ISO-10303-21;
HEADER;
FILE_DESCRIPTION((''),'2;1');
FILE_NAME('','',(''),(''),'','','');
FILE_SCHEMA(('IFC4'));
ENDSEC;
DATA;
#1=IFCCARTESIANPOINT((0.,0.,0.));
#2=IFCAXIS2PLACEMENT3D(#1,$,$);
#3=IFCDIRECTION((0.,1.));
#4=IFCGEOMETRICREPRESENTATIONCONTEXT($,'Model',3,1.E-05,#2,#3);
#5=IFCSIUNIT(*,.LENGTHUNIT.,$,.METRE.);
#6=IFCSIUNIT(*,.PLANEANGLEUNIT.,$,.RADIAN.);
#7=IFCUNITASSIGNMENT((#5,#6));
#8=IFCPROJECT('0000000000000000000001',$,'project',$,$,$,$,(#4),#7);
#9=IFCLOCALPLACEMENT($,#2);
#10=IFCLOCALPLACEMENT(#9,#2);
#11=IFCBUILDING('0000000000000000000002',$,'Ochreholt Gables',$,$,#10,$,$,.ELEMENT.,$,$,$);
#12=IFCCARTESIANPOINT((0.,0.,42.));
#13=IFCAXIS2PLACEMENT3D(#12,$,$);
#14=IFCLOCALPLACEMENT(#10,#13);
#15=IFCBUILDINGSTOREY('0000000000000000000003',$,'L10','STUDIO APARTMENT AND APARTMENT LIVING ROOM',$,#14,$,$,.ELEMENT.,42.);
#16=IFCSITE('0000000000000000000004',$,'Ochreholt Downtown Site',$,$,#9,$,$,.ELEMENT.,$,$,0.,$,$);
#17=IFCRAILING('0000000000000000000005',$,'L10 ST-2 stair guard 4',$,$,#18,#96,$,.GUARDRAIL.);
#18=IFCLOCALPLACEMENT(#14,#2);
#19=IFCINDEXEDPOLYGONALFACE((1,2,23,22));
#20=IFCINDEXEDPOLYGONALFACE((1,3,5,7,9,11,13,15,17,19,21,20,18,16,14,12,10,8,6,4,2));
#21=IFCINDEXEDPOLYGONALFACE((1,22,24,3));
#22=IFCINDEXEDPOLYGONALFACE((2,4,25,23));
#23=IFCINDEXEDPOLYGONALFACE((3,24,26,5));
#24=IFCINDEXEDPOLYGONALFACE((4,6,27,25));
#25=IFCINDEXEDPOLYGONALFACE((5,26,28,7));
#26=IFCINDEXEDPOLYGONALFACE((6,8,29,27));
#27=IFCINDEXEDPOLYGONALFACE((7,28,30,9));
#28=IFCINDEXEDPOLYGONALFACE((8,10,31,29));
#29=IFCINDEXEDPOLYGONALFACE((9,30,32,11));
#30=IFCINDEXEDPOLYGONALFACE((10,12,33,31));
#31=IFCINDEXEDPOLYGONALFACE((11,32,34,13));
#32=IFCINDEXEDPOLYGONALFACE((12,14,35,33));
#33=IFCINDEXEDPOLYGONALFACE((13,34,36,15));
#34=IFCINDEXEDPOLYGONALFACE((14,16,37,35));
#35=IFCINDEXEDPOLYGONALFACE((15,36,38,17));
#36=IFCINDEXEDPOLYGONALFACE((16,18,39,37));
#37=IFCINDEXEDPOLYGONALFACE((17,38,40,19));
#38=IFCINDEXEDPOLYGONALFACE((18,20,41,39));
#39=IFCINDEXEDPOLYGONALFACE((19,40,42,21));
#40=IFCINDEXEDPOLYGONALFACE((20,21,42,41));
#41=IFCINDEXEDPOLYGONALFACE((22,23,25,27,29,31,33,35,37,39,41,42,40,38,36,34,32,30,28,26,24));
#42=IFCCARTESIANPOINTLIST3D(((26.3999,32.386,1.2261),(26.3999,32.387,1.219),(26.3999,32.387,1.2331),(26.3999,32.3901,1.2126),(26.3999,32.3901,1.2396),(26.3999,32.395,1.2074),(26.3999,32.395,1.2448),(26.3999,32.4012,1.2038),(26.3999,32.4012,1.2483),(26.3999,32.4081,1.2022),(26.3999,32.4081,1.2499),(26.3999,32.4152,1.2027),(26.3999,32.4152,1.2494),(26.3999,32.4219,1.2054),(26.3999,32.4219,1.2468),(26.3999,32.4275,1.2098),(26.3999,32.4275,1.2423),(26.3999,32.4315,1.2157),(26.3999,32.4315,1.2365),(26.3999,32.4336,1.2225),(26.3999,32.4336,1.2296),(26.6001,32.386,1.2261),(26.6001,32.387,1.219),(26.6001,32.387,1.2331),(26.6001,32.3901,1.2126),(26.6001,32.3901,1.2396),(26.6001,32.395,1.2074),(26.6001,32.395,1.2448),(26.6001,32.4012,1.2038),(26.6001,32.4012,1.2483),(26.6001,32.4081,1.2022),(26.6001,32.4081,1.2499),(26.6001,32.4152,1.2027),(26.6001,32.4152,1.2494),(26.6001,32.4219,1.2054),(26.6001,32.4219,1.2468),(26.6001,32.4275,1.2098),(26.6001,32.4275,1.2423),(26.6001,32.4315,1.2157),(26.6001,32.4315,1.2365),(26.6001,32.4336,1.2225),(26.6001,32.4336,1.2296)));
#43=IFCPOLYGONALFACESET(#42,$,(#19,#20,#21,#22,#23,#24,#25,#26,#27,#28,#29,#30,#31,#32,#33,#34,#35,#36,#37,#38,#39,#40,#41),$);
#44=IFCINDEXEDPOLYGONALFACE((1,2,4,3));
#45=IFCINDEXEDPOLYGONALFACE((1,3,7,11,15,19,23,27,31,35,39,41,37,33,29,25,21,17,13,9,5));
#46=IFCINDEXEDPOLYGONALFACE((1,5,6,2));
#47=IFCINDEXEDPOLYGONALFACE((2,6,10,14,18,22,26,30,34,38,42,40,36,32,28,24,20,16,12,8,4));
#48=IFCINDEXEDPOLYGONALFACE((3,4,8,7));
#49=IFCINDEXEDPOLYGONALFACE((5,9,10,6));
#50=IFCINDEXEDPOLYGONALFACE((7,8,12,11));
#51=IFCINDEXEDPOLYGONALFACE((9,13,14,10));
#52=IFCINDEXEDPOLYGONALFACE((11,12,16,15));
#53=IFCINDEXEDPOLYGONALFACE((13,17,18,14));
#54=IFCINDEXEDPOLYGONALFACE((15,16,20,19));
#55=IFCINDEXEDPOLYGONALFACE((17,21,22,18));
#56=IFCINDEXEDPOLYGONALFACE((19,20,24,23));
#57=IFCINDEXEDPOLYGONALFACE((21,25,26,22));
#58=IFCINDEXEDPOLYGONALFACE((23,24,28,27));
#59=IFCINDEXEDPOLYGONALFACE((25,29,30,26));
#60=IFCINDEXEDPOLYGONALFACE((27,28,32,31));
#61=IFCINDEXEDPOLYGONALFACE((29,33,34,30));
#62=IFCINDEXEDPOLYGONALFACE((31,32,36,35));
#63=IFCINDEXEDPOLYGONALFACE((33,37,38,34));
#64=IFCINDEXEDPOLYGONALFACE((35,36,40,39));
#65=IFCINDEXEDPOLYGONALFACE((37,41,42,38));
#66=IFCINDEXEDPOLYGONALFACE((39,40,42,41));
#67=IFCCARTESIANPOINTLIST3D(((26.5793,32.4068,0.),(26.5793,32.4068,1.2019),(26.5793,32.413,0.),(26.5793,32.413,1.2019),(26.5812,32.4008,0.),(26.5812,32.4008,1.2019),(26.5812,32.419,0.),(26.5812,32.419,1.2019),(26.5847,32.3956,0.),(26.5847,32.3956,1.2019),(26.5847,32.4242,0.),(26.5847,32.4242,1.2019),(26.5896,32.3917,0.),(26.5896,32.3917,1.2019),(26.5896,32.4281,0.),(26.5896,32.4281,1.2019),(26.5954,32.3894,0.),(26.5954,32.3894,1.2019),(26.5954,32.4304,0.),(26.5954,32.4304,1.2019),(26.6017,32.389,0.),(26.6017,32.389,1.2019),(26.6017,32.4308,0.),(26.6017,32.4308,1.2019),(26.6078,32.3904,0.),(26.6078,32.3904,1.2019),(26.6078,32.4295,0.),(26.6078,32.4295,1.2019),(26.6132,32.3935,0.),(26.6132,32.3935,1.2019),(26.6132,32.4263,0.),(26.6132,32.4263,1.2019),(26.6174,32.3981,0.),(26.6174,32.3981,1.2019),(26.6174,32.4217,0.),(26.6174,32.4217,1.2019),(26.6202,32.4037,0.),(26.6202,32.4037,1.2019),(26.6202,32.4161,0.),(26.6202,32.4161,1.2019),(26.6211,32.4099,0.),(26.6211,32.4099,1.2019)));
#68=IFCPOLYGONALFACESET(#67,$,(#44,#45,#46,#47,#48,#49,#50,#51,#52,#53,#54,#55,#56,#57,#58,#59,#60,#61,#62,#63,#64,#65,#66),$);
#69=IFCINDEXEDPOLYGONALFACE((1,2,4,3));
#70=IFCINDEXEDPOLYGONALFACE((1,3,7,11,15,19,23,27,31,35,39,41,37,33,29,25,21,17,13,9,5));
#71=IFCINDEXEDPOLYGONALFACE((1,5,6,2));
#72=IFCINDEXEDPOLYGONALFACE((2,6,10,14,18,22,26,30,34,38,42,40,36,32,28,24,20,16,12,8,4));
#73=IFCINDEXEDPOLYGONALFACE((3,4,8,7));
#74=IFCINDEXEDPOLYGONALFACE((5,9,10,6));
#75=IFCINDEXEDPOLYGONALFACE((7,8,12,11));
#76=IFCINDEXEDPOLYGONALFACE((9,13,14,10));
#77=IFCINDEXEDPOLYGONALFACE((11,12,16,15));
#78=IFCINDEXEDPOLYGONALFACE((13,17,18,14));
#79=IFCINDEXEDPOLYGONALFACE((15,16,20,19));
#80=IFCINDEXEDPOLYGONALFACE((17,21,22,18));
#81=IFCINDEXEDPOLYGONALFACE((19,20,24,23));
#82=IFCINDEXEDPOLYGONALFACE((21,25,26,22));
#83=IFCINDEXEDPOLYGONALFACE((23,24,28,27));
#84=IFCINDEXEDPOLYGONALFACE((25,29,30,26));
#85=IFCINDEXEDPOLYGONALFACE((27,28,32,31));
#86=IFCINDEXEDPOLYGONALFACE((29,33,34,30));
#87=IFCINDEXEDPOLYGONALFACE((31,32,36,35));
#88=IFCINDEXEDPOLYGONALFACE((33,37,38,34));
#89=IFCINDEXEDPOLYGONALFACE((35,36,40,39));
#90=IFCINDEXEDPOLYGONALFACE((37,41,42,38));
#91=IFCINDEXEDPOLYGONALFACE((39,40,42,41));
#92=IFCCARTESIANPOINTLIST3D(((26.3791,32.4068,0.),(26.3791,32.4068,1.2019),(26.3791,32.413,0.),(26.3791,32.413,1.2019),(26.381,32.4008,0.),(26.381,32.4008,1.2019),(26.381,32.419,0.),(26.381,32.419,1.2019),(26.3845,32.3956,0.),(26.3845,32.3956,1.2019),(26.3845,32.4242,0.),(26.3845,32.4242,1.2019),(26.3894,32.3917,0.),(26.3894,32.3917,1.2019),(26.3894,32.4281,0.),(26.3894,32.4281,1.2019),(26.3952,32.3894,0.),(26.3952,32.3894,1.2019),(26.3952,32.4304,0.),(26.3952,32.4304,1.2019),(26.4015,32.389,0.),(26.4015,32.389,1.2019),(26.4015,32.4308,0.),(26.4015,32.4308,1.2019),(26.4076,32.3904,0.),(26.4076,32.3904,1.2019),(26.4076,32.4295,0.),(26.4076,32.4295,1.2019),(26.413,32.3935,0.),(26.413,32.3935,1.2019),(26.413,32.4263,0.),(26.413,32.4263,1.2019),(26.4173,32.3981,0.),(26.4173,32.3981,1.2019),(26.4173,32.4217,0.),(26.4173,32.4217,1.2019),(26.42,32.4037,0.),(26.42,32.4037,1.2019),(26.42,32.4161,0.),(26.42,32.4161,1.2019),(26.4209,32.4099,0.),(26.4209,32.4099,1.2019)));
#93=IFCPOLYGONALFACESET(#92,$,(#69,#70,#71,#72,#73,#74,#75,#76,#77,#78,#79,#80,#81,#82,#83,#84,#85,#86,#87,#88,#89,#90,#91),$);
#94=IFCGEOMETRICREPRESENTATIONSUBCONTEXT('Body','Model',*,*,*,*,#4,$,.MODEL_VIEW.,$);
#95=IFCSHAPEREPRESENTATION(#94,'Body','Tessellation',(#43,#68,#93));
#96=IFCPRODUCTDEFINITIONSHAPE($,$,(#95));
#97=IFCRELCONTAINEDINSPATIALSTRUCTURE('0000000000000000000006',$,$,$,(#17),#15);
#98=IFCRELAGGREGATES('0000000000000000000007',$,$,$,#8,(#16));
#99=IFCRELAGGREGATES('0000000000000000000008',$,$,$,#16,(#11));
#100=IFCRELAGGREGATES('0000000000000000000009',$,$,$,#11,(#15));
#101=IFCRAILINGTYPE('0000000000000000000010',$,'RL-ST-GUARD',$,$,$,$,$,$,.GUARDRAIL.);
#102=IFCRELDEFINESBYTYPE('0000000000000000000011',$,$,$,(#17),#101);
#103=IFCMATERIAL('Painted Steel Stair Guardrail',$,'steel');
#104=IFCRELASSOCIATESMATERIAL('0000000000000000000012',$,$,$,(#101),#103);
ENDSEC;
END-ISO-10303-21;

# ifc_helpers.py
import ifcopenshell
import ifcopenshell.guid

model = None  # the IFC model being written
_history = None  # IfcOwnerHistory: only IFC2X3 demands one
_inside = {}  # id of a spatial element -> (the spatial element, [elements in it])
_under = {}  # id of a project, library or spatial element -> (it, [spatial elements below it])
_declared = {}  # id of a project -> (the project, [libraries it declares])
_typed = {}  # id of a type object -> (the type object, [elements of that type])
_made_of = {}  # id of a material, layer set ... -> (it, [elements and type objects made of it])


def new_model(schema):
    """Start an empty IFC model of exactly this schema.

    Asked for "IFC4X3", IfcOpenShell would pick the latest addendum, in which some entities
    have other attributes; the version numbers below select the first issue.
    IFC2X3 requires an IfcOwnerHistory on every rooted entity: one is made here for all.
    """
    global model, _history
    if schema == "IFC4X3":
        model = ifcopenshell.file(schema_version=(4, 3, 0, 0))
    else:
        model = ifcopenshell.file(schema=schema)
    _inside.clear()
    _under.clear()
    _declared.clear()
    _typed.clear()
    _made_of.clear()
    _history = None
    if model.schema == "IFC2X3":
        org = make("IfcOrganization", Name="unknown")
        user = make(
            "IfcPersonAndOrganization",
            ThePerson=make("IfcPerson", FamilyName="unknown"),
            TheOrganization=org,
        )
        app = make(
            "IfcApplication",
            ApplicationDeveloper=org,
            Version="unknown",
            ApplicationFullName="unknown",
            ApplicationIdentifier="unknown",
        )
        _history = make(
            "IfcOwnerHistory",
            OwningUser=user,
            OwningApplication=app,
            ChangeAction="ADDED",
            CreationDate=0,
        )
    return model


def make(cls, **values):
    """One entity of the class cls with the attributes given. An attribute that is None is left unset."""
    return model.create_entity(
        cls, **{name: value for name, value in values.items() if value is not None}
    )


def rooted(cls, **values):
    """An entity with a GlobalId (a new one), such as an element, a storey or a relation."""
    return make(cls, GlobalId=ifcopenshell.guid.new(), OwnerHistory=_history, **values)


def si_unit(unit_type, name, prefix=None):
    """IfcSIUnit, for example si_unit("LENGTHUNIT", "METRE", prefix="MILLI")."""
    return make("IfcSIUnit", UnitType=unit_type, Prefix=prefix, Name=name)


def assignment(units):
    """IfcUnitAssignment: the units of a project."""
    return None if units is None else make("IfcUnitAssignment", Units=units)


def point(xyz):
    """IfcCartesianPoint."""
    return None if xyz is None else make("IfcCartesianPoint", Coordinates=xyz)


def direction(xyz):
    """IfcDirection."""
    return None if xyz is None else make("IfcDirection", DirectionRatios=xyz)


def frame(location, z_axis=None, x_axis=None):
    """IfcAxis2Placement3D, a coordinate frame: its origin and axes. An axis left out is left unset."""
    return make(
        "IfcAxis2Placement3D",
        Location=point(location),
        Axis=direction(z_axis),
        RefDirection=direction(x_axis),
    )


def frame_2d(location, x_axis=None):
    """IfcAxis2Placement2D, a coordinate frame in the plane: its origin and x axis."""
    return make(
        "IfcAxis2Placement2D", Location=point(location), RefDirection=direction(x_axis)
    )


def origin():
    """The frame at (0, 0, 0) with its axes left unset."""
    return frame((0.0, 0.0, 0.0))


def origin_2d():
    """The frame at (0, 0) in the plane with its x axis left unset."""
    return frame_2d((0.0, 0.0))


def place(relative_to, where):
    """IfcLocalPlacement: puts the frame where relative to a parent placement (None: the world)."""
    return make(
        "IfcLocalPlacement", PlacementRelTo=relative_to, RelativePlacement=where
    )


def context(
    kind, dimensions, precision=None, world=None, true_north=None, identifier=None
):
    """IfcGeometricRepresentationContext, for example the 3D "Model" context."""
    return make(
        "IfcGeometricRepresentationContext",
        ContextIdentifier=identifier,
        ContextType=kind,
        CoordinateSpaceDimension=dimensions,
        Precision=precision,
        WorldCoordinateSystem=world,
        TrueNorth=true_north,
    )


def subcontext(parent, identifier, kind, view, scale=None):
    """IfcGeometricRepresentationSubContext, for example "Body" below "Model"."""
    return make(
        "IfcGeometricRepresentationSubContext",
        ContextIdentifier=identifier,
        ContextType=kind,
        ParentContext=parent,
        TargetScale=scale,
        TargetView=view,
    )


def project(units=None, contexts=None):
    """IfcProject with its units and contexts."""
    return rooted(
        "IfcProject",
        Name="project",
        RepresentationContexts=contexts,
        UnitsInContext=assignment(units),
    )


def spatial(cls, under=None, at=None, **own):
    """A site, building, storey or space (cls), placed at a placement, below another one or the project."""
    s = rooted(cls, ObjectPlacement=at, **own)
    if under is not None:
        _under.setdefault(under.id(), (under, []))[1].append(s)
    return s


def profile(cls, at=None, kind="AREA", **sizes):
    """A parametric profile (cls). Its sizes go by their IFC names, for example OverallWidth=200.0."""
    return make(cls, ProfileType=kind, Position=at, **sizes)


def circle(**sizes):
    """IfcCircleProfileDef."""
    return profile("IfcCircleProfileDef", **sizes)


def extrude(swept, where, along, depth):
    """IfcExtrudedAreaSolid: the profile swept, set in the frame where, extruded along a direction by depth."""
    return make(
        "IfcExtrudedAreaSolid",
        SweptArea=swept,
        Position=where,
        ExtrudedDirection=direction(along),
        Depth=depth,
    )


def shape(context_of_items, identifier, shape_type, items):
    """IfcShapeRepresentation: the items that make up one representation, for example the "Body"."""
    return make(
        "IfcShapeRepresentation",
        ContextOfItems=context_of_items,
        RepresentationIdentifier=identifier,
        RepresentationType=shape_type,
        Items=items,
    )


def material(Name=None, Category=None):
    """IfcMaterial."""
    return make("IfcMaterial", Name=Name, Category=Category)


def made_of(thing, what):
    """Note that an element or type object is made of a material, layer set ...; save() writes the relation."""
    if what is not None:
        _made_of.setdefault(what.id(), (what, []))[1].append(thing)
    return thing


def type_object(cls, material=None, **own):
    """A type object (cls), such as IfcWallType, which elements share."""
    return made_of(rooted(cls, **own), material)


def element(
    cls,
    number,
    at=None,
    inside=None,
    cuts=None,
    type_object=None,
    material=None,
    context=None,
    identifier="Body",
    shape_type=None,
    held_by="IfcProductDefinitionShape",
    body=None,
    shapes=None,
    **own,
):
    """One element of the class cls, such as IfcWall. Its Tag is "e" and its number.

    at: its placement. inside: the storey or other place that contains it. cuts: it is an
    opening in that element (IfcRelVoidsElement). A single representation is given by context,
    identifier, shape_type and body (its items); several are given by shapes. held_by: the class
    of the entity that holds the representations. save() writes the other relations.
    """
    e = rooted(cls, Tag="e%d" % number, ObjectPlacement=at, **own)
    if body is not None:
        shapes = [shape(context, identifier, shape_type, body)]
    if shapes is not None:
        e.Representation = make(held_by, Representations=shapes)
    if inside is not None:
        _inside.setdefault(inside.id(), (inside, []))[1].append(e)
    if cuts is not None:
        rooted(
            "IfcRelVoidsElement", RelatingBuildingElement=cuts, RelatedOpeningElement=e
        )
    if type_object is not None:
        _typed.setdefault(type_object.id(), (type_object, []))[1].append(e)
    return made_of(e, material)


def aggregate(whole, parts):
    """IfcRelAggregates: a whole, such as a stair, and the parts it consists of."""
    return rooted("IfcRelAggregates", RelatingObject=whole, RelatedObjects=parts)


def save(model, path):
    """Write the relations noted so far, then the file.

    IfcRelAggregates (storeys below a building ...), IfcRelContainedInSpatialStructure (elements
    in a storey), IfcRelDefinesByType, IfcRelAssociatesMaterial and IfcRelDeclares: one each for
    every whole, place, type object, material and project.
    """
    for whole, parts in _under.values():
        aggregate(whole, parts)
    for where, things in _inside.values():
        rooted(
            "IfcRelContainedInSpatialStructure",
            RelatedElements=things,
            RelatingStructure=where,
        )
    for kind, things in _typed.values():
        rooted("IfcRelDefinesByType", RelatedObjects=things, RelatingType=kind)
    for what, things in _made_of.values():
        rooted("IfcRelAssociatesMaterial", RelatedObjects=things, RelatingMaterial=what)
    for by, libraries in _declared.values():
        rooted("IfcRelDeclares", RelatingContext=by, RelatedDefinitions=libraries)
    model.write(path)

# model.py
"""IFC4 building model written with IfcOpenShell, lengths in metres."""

from ifc_helpers import new_model, si_unit, direction, frame, origin, origin_2d, place, context, subcontext, project, spatial, circle, extrude, material, type_object, element, save


model = new_model("IFC4")

# Units and contexts
model_context = context("Model", 3, precision=1e-05, world=origin(), true_north=direction((0.0, 1.0)))
body_context = subcontext(model_context, "Body", "Model", "MODEL_VIEW")
ifc_project = project(units=[si_unit("LENGTHUNIT", "METRE"), si_unit("PLANEANGLEUNIT", "RADIAN")], contexts=[model_context])

# Site, building, storey
site_placement = place(None, origin())
site = spatial("IfcSite", under=ifc_project, at=site_placement, Name="Ochreholt Downtown Site", CompositionType="ELEMENT", RefElevation=0.0)
building_placement = place(site_placement, origin())
building = spatial("IfcBuilding", under=site, at=building_placement, Name="Ochreholt Gables", CompositionType="ELEMENT")
storey_placement = place(building_placement, frame((0.0, 0.0, 42.0)))
storey = spatial("IfcBuildingStorey", under=building, at=storey_placement, Name="L10", Description="STUDIO APARTMENT AND APARTMENT LIVING ROOM", CompositionType="ELEMENT", Elevation=42.0)

# Railing
ifc_material_1 = material(Name="Painted Steel Stair Guardrail", Category="steel")
railing_type_1 = type_object("IfcRailingType", Name="RL-ST-GUARD", PredefinedType="GUARDRAIL", material=ifc_material_1)
railing_1_placement = place(storey_placement, frame((26.6001, 32.4099, 0.0)))
element("IfcRailing", 1, at=railing_1_placement, inside=storey, type_object=railing_type_1, Name="L10 ST-2 stair guard 4", PredefinedType="GUARDRAIL", context=body_context, shape_type="SweptSolid", body=[
    extrude(circle(Radius=0.0239, at=origin_2d()), frame((0.0, 0.0, 1.2261), z_axis=(-1.0, 0.0, 0.0), x_axis=(0.0, -1.0, 0.0)), (0.0, 0.0, 1.0), 0.2002),
    extrude(circle(Radius=0.021, at=origin_2d()), origin(), (0.0, 0.0, 1.0), 1.2019),
    extrude(circle(Radius=0.021, at=origin_2d()), frame((-0.2002, 0.0, 0.0)), (0.0, 0.0, 1.0), 1.2019),
])

save(model, "model.ifc")
